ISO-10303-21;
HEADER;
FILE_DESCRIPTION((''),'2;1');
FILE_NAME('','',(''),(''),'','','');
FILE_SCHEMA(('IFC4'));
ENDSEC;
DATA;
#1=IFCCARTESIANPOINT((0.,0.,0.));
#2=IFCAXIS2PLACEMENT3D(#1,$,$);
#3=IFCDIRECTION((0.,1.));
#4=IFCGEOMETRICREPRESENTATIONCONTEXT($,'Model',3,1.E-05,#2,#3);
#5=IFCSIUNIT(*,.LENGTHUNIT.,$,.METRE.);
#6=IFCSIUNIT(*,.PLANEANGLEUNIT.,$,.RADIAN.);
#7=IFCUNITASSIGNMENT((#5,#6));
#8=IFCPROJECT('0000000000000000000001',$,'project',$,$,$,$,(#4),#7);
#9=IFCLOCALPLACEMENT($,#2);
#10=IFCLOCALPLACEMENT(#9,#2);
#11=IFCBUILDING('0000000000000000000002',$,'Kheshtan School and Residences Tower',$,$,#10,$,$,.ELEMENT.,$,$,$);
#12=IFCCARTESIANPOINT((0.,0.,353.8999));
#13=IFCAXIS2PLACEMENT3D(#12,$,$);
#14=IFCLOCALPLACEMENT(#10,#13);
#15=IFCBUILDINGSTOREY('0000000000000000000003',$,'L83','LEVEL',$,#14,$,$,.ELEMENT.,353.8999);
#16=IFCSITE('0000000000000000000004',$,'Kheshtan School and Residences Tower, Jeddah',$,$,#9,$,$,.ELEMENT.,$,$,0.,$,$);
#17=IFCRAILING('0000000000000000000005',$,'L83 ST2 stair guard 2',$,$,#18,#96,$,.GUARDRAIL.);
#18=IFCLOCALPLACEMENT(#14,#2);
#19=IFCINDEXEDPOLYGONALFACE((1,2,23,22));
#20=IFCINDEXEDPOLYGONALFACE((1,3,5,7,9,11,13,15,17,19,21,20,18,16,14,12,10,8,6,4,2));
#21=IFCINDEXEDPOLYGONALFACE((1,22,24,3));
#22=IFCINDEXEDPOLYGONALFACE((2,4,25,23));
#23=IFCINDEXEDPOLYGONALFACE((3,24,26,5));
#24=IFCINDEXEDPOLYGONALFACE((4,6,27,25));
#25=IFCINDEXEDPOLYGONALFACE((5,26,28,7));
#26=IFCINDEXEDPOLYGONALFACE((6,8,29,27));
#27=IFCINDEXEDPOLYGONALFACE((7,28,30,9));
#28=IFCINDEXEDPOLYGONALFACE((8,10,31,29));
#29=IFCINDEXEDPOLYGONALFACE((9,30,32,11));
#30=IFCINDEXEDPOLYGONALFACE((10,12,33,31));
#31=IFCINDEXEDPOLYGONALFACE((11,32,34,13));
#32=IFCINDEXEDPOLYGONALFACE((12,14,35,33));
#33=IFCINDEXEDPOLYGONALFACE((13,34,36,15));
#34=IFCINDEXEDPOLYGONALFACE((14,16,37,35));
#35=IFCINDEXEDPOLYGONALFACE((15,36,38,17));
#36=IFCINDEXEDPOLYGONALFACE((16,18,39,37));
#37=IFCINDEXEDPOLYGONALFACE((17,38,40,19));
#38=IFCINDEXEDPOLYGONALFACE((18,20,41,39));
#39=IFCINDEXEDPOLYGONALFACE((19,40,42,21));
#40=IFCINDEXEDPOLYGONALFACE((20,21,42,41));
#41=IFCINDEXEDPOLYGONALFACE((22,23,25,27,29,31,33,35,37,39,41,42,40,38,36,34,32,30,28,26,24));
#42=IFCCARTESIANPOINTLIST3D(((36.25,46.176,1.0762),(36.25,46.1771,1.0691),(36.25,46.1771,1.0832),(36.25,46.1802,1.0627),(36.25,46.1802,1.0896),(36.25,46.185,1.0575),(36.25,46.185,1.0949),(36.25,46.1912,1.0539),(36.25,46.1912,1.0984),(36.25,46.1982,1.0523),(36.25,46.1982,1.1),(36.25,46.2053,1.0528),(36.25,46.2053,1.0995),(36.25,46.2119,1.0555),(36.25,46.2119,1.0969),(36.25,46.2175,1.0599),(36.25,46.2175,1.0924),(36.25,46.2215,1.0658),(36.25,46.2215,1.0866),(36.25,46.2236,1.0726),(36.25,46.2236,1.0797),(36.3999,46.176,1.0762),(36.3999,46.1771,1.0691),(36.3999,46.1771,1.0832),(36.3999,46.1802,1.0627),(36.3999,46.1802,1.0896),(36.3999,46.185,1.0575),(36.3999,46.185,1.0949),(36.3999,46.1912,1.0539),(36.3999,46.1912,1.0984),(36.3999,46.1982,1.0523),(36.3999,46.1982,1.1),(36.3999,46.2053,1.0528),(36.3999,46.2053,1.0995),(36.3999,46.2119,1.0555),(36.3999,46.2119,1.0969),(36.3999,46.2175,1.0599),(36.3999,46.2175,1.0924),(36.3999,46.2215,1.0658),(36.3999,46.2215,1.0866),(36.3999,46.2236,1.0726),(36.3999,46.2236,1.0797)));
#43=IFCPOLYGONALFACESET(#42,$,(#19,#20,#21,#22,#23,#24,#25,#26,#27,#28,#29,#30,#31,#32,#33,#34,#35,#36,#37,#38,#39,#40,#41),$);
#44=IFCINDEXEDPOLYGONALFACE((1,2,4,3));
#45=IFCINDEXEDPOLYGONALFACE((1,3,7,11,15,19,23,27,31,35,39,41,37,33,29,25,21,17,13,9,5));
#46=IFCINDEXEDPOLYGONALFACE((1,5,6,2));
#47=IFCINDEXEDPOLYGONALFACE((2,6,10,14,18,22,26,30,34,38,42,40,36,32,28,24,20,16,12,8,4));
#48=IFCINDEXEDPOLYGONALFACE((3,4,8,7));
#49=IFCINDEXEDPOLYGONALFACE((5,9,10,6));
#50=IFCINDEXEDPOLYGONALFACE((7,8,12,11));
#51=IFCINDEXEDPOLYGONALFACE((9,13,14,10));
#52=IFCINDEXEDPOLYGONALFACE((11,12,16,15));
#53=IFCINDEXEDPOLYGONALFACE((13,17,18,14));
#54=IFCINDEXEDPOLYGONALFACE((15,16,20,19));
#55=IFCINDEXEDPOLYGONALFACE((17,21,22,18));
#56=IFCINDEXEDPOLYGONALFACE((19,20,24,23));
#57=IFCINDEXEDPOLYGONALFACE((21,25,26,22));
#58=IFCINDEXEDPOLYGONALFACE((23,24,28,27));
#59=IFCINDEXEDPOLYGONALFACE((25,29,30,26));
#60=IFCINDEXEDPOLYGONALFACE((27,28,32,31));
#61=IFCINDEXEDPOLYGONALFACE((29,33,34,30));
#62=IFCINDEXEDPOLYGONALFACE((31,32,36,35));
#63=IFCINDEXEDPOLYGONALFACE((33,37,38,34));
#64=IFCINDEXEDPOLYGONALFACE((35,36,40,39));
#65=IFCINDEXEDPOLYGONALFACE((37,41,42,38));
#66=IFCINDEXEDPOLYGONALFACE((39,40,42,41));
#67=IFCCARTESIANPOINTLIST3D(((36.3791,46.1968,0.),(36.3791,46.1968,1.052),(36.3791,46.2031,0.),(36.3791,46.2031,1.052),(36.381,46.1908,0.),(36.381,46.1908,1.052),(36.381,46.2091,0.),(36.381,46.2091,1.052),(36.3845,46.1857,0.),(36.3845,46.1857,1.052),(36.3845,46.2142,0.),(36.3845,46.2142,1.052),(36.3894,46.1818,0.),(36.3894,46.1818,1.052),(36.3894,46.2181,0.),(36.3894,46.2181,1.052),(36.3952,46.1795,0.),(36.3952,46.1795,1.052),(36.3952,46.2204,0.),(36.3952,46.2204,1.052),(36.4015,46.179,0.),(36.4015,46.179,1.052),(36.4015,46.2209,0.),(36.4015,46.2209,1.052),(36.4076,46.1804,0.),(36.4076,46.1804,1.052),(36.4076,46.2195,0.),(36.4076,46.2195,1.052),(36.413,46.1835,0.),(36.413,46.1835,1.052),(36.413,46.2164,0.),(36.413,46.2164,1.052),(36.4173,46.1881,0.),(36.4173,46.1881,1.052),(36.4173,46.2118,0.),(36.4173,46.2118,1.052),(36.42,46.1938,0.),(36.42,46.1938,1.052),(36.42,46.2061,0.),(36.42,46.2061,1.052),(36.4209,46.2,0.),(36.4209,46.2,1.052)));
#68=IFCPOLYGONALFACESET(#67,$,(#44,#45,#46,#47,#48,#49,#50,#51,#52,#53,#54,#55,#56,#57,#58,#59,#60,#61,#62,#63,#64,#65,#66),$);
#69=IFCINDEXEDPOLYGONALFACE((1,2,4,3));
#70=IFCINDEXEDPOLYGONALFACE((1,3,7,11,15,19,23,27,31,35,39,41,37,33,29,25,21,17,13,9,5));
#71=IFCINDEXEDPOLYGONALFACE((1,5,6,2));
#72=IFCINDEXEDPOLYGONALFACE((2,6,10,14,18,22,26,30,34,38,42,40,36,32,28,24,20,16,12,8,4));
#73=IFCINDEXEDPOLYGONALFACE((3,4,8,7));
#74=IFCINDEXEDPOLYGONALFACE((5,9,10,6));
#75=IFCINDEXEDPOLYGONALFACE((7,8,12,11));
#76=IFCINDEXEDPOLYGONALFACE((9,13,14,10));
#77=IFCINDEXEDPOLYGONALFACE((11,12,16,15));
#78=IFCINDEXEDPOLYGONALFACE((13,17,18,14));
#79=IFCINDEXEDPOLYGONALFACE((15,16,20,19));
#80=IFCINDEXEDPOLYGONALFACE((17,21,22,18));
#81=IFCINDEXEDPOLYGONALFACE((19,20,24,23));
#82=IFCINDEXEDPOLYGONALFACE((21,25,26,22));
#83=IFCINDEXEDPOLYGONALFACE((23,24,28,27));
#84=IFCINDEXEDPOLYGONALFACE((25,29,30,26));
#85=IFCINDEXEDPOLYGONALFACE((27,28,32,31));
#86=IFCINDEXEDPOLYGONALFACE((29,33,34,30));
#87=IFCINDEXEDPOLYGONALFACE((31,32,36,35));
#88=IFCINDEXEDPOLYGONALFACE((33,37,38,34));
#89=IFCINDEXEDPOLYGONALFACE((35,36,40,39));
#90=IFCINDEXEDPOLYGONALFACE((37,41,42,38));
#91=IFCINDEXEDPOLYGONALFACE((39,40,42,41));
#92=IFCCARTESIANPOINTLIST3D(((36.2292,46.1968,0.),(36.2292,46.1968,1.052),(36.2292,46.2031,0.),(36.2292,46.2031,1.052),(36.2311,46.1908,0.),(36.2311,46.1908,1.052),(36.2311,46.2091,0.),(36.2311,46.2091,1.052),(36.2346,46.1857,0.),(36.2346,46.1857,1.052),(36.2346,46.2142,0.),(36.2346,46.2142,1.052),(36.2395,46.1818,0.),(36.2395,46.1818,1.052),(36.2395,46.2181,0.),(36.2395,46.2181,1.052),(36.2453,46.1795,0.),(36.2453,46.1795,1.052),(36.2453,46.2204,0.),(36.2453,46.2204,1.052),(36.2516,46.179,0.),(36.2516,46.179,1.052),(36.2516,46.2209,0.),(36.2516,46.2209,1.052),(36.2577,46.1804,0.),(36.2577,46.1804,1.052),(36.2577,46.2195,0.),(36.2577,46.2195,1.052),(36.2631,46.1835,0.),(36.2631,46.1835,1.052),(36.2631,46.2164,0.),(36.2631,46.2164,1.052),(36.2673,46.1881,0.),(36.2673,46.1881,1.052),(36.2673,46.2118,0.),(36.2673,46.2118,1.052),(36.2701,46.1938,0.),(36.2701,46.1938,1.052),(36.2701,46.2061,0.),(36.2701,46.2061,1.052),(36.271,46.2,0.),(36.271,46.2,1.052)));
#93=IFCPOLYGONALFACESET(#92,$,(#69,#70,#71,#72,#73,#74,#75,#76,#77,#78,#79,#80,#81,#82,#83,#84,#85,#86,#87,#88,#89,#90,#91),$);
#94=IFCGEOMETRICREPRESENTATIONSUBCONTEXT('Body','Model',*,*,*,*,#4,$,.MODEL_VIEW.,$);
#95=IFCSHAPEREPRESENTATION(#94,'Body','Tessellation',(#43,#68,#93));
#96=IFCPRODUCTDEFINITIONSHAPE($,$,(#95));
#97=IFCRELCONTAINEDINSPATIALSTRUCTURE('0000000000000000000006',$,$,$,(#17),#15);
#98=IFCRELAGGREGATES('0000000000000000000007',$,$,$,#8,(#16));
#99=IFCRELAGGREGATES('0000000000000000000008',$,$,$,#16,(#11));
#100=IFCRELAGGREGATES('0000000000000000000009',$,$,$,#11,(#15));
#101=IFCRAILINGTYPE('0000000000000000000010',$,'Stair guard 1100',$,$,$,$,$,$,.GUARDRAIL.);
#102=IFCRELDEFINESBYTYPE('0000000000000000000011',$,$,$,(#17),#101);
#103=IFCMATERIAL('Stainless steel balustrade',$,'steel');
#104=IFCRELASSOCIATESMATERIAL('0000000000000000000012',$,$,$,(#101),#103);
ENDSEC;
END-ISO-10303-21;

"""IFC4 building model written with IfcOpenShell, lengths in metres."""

from ifc_helpers import new_model, si_unit, direction, frame, origin, origin_2d, place, context, subcontext, project, spatial, circle, extrude, material, type_object, element, save


model = new_model("IFC4")

# Units and contexts
model_context = context("Model", 3, precision=1e-05, world=origin(), true_north=direction((0.0, 1.0)))
body_context = subcontext(model_context, "Body", "Model", "MODEL_VIEW")
ifc_project = project(units=[si_unit("LENGTHUNIT", "METRE"), si_unit("PLANEANGLEUNIT", "RADIAN")], contexts=[model_context])

# Site, building, storey
site_placement = place(None, origin())
site = spatial("IfcSite", under=ifc_project, at=site_placement, Name="Kheshtan School and Residences Tower, Jeddah", CompositionType="ELEMENT", RefElevation=0.0)
building_placement = place(site_placement, origin())
building = spatial("IfcBuilding", under=site, at=building_placement, Name="Kheshtan School and Residences Tower", CompositionType="ELEMENT")
storey_placement = place(building_placement, frame((0.0, 0.0, 353.8999)))
storey = spatial("IfcBuildingStorey", under=building, at=storey_placement, Name="L83", Description="LEVEL", CompositionType="ELEMENT", Elevation=353.8999)

# Railing
ifc_material_1 = material(Name="Stainless steel balustrade", Category="steel")
railing_type_1 = type_object("IfcRailingType", Name="Stair guard 1100", PredefinedType="GUARDRAIL", material=ifc_material_1)
railing_1_placement = place(storey_placement, frame((36.3999, 46.2, 0.0)))
element("IfcRailing", 1, at=railing_1_placement, inside=storey, type_object=railing_type_1, Name="L83 ST2 stair guard 2", PredefinedType="GUARDRAIL", context=body_context, shape_type="SweptSolid", body=[
    extrude(circle(Radius=0.0239, at=origin_2d()), frame((0.0, 0.0, 1.0762), z_axis=(-1.0, 0.0, 0.0), x_axis=(0.0, -1.0, 0.0)), (0.0, 0.0, 1.0), 0.1499),
    extrude(circle(Radius=0.021, at=origin_2d()), origin(), (0.0, 0.0, 1.0), 1.052),
    extrude(circle(Radius=0.021, at=origin_2d()), frame((-0.1499, 0.0, 0.0)), (0.0, 0.0, 1.0), 1.052),
])

save(model, "model.ifc")
